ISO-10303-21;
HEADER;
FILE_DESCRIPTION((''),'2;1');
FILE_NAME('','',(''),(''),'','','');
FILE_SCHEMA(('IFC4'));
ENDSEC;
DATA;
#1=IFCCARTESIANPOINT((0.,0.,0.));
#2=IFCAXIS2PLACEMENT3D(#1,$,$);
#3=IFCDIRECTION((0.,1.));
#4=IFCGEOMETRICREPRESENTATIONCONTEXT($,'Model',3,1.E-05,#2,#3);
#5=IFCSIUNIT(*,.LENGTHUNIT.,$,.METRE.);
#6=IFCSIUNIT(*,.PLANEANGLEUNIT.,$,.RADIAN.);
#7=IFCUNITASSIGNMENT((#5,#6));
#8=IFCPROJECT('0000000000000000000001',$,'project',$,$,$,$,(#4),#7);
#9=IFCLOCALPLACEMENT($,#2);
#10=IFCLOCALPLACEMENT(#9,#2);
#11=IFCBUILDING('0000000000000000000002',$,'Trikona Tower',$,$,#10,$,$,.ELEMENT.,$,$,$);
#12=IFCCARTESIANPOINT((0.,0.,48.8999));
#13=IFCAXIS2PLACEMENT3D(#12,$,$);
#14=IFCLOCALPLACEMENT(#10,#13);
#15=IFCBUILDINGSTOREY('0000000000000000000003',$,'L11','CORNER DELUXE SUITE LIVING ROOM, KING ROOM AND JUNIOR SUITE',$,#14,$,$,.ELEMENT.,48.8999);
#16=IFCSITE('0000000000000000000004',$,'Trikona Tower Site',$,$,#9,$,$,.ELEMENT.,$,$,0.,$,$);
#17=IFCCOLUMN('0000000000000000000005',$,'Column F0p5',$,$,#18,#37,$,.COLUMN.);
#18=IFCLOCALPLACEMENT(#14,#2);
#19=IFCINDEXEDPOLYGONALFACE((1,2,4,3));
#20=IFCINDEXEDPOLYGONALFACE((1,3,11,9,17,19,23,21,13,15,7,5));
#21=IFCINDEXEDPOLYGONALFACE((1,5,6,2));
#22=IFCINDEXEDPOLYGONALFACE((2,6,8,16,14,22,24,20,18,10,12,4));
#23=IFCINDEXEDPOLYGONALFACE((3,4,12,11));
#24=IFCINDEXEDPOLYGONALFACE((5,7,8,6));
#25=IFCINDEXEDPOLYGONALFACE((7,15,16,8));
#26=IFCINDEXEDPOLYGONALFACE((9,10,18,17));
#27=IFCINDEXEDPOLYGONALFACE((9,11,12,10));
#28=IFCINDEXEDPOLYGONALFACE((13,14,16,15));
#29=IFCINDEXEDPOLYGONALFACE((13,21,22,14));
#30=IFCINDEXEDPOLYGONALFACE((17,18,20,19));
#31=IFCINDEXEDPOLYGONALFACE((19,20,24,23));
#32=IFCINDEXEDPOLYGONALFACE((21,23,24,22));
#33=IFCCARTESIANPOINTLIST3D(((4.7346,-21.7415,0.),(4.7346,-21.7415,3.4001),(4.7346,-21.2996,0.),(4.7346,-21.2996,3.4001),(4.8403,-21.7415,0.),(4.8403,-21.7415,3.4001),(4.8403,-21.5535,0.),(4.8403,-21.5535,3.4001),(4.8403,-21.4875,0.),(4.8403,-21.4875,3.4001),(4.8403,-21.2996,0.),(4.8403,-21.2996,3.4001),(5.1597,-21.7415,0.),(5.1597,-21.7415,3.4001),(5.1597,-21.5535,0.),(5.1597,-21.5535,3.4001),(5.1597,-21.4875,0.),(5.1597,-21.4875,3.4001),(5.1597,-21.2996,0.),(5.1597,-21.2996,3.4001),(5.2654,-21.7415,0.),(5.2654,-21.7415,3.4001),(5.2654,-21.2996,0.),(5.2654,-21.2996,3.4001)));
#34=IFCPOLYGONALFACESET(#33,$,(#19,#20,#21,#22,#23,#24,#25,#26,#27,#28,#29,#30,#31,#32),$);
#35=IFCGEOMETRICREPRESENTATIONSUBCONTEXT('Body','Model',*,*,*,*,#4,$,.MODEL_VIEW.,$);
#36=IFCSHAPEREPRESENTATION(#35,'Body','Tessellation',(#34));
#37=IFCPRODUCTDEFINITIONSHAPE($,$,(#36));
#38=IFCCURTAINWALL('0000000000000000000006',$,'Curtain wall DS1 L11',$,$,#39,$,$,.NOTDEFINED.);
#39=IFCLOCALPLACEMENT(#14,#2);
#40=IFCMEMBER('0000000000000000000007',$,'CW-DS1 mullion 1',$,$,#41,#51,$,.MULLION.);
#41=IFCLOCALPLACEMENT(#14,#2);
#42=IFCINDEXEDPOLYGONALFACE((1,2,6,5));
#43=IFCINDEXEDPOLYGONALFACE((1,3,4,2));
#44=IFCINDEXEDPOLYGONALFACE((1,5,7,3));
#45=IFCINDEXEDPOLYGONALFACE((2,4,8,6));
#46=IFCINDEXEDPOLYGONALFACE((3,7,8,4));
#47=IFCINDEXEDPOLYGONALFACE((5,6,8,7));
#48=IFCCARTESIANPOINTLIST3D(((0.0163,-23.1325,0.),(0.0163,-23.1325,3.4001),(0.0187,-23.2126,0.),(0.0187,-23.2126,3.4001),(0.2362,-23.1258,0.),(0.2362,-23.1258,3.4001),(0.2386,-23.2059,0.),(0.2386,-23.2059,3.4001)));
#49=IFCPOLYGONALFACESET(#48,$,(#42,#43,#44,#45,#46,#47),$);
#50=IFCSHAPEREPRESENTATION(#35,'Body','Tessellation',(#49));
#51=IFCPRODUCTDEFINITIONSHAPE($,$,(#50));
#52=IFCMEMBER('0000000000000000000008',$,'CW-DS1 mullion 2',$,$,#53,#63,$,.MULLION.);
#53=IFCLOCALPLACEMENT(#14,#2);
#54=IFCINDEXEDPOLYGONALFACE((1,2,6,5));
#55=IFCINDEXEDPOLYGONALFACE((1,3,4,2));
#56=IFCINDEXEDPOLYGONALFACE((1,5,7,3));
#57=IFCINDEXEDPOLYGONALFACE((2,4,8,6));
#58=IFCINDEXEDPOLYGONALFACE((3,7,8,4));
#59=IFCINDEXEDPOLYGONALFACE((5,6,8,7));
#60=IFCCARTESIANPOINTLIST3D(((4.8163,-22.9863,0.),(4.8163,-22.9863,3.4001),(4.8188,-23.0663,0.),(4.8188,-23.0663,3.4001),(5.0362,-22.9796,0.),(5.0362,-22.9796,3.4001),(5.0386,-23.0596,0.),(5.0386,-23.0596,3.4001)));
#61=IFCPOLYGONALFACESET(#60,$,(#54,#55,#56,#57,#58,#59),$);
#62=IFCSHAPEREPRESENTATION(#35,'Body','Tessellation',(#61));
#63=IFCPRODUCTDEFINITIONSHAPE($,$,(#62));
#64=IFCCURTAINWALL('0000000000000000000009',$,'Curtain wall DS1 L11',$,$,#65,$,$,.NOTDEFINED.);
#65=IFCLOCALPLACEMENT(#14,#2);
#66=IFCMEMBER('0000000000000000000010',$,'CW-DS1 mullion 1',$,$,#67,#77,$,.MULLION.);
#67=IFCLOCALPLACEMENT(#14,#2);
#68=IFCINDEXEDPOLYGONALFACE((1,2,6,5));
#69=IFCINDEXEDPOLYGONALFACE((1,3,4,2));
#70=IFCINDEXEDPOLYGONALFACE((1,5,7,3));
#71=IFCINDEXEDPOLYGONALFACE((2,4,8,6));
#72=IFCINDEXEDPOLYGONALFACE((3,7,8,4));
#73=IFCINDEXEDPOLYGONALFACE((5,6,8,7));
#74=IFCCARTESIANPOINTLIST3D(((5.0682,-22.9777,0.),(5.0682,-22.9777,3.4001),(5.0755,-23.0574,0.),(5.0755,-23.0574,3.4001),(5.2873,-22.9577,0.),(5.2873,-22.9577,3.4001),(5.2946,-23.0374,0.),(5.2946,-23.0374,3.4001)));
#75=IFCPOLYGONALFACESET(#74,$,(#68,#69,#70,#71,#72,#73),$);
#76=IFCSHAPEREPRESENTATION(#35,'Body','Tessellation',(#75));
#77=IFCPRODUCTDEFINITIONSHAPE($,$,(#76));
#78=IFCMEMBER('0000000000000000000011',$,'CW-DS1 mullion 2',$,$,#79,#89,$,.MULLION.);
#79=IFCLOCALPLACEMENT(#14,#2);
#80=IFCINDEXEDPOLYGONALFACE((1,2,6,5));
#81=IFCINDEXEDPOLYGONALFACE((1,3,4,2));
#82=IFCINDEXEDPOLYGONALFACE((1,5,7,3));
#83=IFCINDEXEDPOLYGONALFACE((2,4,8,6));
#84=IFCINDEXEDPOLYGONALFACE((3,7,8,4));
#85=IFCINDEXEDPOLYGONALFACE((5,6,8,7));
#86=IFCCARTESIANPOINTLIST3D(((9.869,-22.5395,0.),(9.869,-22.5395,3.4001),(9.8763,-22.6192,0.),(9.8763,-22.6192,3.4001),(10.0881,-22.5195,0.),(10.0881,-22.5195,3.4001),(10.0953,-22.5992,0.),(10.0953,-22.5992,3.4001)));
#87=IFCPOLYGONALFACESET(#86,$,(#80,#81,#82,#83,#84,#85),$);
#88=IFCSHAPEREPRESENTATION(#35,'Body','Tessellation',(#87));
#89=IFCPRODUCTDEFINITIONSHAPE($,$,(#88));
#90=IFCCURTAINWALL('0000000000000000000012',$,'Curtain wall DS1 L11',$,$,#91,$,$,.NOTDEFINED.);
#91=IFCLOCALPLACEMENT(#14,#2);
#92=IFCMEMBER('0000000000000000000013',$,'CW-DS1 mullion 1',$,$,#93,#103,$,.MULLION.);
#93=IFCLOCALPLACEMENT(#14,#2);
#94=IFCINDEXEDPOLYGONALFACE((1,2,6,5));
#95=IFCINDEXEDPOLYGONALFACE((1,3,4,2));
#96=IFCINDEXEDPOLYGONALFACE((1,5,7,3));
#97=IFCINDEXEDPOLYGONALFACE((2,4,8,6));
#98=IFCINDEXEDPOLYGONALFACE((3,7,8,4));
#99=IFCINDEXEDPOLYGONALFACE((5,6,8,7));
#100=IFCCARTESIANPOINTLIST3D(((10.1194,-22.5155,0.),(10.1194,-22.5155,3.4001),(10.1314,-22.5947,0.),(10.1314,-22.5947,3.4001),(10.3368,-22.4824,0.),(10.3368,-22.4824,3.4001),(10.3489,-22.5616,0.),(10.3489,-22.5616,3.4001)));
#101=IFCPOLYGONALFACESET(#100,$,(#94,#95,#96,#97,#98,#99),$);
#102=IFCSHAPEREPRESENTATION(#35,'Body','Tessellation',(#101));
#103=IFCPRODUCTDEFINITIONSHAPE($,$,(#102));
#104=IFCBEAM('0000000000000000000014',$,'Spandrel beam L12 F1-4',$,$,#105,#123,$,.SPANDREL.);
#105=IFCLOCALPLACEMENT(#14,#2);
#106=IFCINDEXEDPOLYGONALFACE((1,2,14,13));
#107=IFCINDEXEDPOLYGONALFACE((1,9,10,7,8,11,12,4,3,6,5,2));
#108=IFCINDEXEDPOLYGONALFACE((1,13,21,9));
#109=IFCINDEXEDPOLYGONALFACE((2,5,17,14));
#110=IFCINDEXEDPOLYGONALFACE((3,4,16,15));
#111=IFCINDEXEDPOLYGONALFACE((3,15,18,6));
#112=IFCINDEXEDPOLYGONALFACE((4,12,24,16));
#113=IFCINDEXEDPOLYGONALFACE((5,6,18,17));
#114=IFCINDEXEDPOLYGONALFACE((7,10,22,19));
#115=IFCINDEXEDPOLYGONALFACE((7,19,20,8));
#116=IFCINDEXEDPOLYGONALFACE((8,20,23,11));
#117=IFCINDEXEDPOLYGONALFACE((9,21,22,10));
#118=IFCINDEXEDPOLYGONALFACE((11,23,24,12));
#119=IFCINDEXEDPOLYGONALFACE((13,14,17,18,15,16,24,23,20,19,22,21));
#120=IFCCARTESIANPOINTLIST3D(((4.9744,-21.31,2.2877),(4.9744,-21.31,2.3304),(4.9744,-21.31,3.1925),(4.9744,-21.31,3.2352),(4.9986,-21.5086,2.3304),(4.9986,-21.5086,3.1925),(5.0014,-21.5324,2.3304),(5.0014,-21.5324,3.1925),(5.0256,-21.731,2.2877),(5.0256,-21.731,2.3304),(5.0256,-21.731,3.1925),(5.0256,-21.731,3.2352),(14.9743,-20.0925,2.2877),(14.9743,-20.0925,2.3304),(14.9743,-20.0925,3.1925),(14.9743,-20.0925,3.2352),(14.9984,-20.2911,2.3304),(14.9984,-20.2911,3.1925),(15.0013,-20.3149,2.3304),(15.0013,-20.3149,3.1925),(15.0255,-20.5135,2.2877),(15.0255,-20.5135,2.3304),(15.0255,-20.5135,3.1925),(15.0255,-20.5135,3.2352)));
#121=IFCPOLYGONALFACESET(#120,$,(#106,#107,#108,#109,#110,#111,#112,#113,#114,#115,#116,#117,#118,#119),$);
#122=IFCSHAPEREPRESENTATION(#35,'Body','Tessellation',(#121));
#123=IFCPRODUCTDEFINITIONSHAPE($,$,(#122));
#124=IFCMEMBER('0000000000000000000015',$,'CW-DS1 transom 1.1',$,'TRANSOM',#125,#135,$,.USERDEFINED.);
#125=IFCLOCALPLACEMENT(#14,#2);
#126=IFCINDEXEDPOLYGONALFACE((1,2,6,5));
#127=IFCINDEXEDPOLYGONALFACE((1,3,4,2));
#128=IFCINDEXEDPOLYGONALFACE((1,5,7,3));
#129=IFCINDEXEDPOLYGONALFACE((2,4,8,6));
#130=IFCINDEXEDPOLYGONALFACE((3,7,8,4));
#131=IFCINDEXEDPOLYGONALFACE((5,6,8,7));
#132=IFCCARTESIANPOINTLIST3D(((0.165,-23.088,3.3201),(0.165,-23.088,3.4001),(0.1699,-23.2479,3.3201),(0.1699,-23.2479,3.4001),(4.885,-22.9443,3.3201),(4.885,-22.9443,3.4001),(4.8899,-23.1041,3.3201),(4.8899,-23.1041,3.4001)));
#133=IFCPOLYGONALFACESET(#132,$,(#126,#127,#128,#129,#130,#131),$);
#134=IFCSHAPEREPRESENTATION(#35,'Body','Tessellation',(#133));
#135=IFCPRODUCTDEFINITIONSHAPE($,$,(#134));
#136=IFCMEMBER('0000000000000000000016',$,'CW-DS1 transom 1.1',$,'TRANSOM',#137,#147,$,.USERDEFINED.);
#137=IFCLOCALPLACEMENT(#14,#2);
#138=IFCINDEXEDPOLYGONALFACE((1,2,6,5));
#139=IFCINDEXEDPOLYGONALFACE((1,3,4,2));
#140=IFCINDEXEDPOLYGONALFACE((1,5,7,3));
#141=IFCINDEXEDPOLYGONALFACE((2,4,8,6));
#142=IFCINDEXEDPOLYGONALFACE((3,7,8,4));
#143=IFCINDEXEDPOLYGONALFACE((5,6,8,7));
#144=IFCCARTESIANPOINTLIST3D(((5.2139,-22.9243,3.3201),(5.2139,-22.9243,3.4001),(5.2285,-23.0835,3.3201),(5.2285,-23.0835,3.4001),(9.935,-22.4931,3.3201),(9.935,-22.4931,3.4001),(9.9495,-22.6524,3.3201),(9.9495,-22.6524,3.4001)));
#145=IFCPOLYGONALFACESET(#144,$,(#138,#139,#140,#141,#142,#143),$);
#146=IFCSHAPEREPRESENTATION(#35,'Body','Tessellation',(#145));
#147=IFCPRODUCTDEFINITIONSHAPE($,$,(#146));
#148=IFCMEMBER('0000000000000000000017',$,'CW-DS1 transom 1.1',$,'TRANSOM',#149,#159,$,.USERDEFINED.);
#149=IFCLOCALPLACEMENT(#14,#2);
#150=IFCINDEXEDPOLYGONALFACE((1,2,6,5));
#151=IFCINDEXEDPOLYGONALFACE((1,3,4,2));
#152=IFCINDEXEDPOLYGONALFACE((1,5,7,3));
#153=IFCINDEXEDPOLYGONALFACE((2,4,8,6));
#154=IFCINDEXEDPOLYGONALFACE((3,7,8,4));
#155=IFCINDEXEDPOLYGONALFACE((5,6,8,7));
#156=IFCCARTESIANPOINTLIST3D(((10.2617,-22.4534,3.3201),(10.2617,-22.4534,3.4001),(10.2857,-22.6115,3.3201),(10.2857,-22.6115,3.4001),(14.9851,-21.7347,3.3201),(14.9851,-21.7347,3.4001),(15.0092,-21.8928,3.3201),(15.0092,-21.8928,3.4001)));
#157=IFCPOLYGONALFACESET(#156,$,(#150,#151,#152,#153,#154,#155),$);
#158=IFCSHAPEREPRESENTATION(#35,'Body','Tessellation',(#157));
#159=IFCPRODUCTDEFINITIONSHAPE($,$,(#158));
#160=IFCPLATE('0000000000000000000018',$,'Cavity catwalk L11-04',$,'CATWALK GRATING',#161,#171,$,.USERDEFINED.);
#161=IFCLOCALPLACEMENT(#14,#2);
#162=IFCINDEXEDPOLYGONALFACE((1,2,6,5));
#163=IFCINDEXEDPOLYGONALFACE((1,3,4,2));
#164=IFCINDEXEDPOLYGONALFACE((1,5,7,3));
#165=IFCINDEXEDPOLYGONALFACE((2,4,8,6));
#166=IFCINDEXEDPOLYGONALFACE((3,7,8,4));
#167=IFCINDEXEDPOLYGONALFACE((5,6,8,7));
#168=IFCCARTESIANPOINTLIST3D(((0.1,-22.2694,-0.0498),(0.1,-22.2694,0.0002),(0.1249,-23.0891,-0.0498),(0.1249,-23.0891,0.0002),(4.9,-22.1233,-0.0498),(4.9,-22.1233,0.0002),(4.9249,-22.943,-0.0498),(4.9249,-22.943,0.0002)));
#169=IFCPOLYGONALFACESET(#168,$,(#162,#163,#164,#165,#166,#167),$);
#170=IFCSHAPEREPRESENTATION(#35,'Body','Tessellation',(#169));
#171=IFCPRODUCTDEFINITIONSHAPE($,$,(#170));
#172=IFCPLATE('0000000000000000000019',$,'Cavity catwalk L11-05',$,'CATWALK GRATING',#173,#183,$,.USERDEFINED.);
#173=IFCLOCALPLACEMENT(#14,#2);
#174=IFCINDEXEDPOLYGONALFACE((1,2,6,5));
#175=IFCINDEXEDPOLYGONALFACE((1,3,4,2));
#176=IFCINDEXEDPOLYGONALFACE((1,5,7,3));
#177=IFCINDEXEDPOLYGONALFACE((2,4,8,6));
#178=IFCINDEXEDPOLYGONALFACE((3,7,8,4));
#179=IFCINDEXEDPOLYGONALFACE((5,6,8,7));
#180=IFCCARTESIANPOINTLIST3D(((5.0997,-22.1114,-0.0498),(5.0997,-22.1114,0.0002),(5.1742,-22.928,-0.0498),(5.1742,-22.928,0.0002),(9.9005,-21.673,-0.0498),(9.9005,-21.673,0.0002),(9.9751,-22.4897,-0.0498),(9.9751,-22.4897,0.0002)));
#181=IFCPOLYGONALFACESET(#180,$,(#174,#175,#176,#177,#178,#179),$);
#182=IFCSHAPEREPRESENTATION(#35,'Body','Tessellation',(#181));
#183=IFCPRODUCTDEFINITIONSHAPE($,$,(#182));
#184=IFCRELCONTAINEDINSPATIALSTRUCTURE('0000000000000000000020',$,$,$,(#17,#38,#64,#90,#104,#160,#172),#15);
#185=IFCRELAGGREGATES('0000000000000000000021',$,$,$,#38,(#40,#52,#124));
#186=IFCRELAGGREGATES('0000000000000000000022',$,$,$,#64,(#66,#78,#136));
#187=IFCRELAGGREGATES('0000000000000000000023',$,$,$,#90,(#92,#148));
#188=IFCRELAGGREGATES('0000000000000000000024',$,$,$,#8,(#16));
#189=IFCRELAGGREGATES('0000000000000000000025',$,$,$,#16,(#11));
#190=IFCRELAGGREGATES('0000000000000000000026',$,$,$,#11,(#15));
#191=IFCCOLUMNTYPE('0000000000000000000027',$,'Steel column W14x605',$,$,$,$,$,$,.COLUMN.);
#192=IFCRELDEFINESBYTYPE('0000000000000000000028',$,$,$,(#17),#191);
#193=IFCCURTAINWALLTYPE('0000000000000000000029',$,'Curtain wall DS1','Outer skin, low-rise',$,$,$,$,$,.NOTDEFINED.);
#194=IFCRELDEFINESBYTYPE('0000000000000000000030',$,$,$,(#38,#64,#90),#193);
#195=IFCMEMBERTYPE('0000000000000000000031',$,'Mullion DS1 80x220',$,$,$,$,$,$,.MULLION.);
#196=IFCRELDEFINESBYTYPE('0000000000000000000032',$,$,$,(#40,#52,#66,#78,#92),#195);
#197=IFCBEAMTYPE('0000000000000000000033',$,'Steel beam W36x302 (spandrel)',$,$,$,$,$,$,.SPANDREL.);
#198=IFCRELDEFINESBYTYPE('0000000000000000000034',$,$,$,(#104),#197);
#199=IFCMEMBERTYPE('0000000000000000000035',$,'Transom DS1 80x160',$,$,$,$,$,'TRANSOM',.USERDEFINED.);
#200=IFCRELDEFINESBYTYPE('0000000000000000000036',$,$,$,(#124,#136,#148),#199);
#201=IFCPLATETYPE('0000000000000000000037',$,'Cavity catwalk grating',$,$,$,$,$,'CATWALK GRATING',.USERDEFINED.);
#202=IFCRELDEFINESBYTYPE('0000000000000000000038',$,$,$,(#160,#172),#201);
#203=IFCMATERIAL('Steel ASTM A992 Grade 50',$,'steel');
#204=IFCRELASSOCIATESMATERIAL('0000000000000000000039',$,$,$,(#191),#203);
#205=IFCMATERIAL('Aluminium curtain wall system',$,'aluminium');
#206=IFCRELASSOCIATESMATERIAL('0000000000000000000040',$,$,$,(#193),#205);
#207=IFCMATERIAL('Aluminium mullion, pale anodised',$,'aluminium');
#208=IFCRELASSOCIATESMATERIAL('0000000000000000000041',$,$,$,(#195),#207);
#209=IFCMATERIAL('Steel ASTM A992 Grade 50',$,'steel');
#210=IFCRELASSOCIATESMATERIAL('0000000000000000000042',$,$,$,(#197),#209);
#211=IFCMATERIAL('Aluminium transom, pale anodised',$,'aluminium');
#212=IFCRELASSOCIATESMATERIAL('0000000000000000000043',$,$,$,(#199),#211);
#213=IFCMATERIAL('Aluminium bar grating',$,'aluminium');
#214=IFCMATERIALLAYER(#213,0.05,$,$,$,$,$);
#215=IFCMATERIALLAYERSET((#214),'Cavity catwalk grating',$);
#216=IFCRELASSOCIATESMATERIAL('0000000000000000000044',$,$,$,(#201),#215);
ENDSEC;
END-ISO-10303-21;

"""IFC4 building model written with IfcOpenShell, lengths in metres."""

from ifc_helpers import new_model, si_unit, direction, frame, origin, origin_2d, place, context, subcontext, project, spatial, rectangle, i_section, extrude, material, layer, layer_set, material_profile, profile_set, type_object, element, aggregate, save


model = new_model("IFC4")

# Units and contexts
model_context = context("Model", 3, precision=1e-05, world=origin(), true_north=direction((0.0, 1.0)))
body_context = subcontext(model_context, "Body", "Model", "MODEL_VIEW")
ifc_project = project(units=[si_unit("LENGTHUNIT", "METRE"), si_unit("PLANEANGLEUNIT", "RADIAN")], contexts=[model_context])

# Site, building, storey
site_placement = place(None, origin())
site = spatial("IfcSite", under=ifc_project, at=site_placement, Name="Trikona Tower Site", CompositionType="ELEMENT", RefElevation=0.0)
building_placement = place(site_placement, origin())
building = spatial("IfcBuilding", under=site, at=building_placement, Name="Trikona Tower", CompositionType="ELEMENT")
storey_placement = place(building_placement, frame((0.0, 0.0, 48.8999)))
storey = spatial("IfcBuildingStorey", under=building, at=storey_placement, Name="L11", Description="CORNER DELUXE SUITE LIVING ROOM, KING ROOM AND JUNIOR SUITE", CompositionType="ELEMENT", Elevation=48.8999)

# Column
ifc_material_1 = material(Name="Steel ASTM A992 Grade 50", Category="steel")
ifc_material_profile_1 = material_profile(ifc_material_1, i_section(OverallWidth=0.4419, OverallDepth=0.5308, WebThickness=0.0659, FlangeThickness=0.1057, at=origin_2d()), Name="W14X605")
ifc_profile_set_1 = profile_set([ifc_material_profile_1], Name="Steel ASTM A992 Grade 50")
column_type = type_object("IfcColumnType", Name="Steel column W14x605", PredefinedType="COLUMN", material=ifc_profile_set_1)
column_placement = place(storey_placement, frame((5.0, -21.5205, 0.0), z_axis=(0.0, 0.0, 1.0), x_axis=(0.0, -1.0, 0.0)))
element("IfcColumn", 1, at=column_placement, inside=storey, type_object=column_type, Name="Column F0p5", PredefinedType="COLUMN", context=body_context, shape_type="SweptSolid", body=[
    extrude(i_section(OverallWidth=0.4419, OverallDepth=0.5308, WebThickness=0.0659, FlangeThickness=0.1057, at=origin_2d()), origin(), (0.0, 0.0, 1.0), 3.4001),
])

# Curtain walls, members
ifc_material_2 = material(Name="Aluminium curtain wall system", Category="aluminium")
curtain_wall_type = type_object("IfcCurtainWallType", Name="Curtain wall DS1", Description="Outer skin, low-rise", PredefinedType="NOTDEFINED", material=ifc_material_2)
curtain_wall_1_placement = place(storey_placement, origin())
curtain_wall_1 = element("IfcCurtainWall", 2, at=curtain_wall_1_placement, inside=storey, type_object=curtain_wall_type, Name="Curtain wall DS1 L11", PredefinedType="NOTDEFINED")
ifc_material_3 = material(Name="Aluminium mullion, pale anodised", Category="aluminium")
ifc_material_profile_2 = material_profile(ifc_material_3, rectangle(XDim=0.0801, YDim=0.22, at=origin_2d()), Name="MUL-DS1")
ifc_profile_set_2 = profile_set([ifc_material_profile_2], Name="Aluminium mullion, pale anodised")
member_type_1 = type_object("IfcMemberType", Name="Mullion DS1 80x220", PredefinedType="MULLION", material=ifc_profile_set_2)
member_1_placement = place(storey_placement, frame((0.1274, -23.1692, 0.0), z_axis=(0.0, 0.0, 1.0), x_axis=(-0.030437, 0.999537, 0.0)))
member_1 = element("IfcMember", 3, at=member_1_placement, type_object=member_type_1, Name="CW-DS1 mullion 1", PredefinedType="MULLION", context=body_context, shape_type="SweptSolid", body=[
    extrude(rectangle(XDim=0.0801, YDim=0.22, at=origin_2d()), origin(), (0.0, 0.0, 1.0), 3.4001),
])
member_2_placement = place(storey_placement, frame((4.9275, -23.0229, 0.0), z_axis=(0.0, 0.0, 1.0), x_axis=(-0.030437, 0.999537, 0.0)))
member_2 = element("IfcMember", 4, at=member_2_placement, type_object=member_type_1, Name="CW-DS1 mullion 2", PredefinedType="MULLION", context=body_context, shape_type="SweptSolid", body=[
    extrude(rectangle(XDim=0.0801, YDim=0.22, at=origin_2d()), origin(), (0.0, 0.0, 1.0), 3.4001),
])
curtain_wall_2_placement = place(storey_placement, origin())
curtain_wall_2 = element("IfcCurtainWall", 5, at=curtain_wall_2_placement, inside=storey, type_object=curtain_wall_type, Name="Curtain wall DS1 L11", PredefinedType="NOTDEFINED")
member_3_placement = place(storey_placement, frame((5.1814, -23.0076, 0.0), z_axis=(0.0, 0.0, 1.0), x_axis=(-0.090924, 0.995858, 0.0)))
member_3 = element("IfcMember", 6, at=member_3_placement, type_object=member_type_1, Name="CW-DS1 mullion 1", PredefinedType="MULLION", context=body_context, shape_type="SweptSolid", body=[
    extrude(rectangle(XDim=0.0801, YDim=0.22, at=origin_2d()), origin(), (0.0, 0.0, 1.0), 3.4001),
])
member_4_placement = place(storey_placement, frame((9.9822, -22.5693, 0.0), z_axis=(0.0, 0.0, 1.0), x_axis=(-0.090924, 0.995858, 0.0)))
member_4 = element("IfcMember", 7, at=member_4_placement, type_object=member_type_1, Name="CW-DS1 mullion 2", PredefinedType="MULLION", context=body_context, shape_type="SweptSolid", body=[
    extrude(rectangle(XDim=0.0801, YDim=0.22, at=origin_2d()), origin(), (0.0, 0.0, 1.0), 3.4001),
])

# Curtain wall, member
curtain_wall_3_placement = place(storey_placement, origin())
curtain_wall_3 = element("IfcCurtainWall", 8, at=curtain_wall_3_placement, inside=storey, type_object=curtain_wall_type, Name="Curtain wall DS1 L11", PredefinedType="NOTDEFINED")
member_5_placement = place(storey_placement, frame((10.2341, -22.5386, 0.0), z_axis=(0.0, 0.0, 1.0), x_axis=(-0.150438, 0.988619, 0.0)))
member_5 = element("IfcMember", 9, at=member_5_placement, type_object=member_type_1, Name="CW-DS1 mullion 1", PredefinedType="MULLION", context=body_context, shape_type="SweptSolid", body=[
    extrude(rectangle(XDim=0.0801, YDim=0.22, at=origin_2d()), origin(), (0.0, 0.0, 1.0), 3.4001),
])

# Beam
ifc_material_4 = material(Name="Steel ASTM A992 Grade 50", Category="steel")
ifc_material_profile_3 = material_profile(ifc_material_4, i_section(OverallWidth=0.4241, OverallDepth=0.9475, WebThickness=0.0239, FlangeThickness=0.0427, at=origin_2d()), Name="W36X302")
ifc_profile_set_3 = profile_set([ifc_material_profile_3], Name="Steel ASTM A992 Grade 50")
beam_type = type_object("IfcBeamType", Name="Steel beam W36x302 (spandrel)", PredefinedType="SPANDREL", material=ifc_profile_set_3)
beam_placement = place(storey_placement, frame((5.0, -21.5205, 2.7615), z_axis=(0.99267, 0.12086, 0.0), x_axis=(-0.12086, 0.99267, 0.0)))
element("IfcBeam", 10, at=beam_placement, inside=storey, type_object=beam_type, Name="Spandrel beam L12 F1-4", PredefinedType="SPANDREL", context=body_context, shape_type="SweptSolid", body=[
    extrude(i_section(OverallWidth=0.4241, OverallDepth=0.9475, WebThickness=0.0239, FlangeThickness=0.0427, at=origin_2d()), origin(), (0.0, 0.0, 1.0), 10.0737),
])

# Members
ifc_material_5 = material(Name="Aluminium transom, pale anodised", Category="aluminium")
ifc_material_profile_4 = material_profile(ifc_material_5, rectangle(XDim=0.1599, YDim=0.0801, at=origin_2d()), Name="TRN-DS1")
ifc_profile_set_4 = profile_set([ifc_material_profile_4], Name="Aluminium transom, pale anodised")
member_type_2 = type_object("IfcMemberType", Name="Transom DS1 80x160", ElementType="TRANSOM", PredefinedType="USERDEFINED", material=ifc_profile_set_4)
member_6_placement = place(storey_placement, frame((0.1675, -23.168, 3.3601), z_axis=(0.999536, 0.030452, 0.0), x_axis=(-0.030452, 0.999536, 0.0)))
member_6 = element("IfcMember", 11, at=member_6_placement, type_object=member_type_2, Name="CW-DS1 transom 1.1", ObjectType="TRANSOM", PredefinedType="USERDEFINED", context=body_context, shape_type="SweptSolid", body=[
    extrude(rectangle(XDim=0.1599, YDim=0.0801, at=origin_2d()), origin(), (0.0, 0.0, 1.0), 4.7222),
])
member_7_placement = place(storey_placement, frame((5.2212, -23.0039, 3.3601), z_axis=(0.995856, 0.090944, 0.0), x_axis=(-0.090944, 0.995856, 0.0)))
member_7 = element("IfcMember", 12, at=member_7_placement, type_object=member_type_2, Name="CW-DS1 transom 1.1", ObjectType="TRANSOM", PredefinedType="USERDEFINED", context=body_context, shape_type="SweptSolid", body=[
    extrude(rectangle(XDim=0.1599, YDim=0.0801, at=origin_2d()), origin(), (0.0, 0.0, 1.0), 4.7407),
])
member_8_placement = place(storey_placement, frame((10.2737, -22.5325, 3.3601), z_axis=(0.98862, 0.150437, 0.0), x_axis=(-0.150437, 0.98862, 0.0)))
member_8 = element("IfcMember", 13, at=member_8_placement, type_object=member_type_2, Name="CW-DS1 transom 1.1", ObjectType="TRANSOM", PredefinedType="USERDEFINED", context=body_context, shape_type="SweptSolid", body=[
    extrude(rectangle(XDim=0.1599, YDim=0.0801, at=origin_2d()), origin(), (0.0, 0.0, 1.0), 4.7778),
])

# Plates
ifc_material_6 = material(Name="Aluminium bar grating", Category="aluminium")
ifc_layer_1 = layer(ifc_material_6, 0.05)
ifc_layer_set_1 = layer_set([ifc_layer_1], Name="Cavity catwalk grating")
plate_type_1 = type_object("IfcPlateType", Name="Cavity catwalk grating", ElementType="CATWALK GRATING", PredefinedType="USERDEFINED", material=ifc_layer_set_1)
plate_1_placement = place(storey_placement, frame((2.5125, -22.6062, -0.0498), z_axis=(0.0, 0.0, 1.0), x_axis=(0.999537, 0.030425, 0.0)))
element("IfcPlate", 14, at=plate_1_placement, inside=storey, type_object=plate_type_1, Name="Cavity catwalk L11-04", ObjectType="CATWALK GRATING", PredefinedType="USERDEFINED", context=body_context, shape_type="SweptSolid", body=[
    extrude(rectangle(XDim=4.8022, YDim=0.8201, at=origin_2d()), origin(), (0.0, 0.0, 1.0), 0.05),
])
plate_2_placement = place(storey_placement, frame((7.5374, -22.3005, -0.0498), z_axis=(0.0, 0.0, 1.0), x_axis=(0.995858, 0.090921, 0.0)))
element("IfcPlate", 15, at=plate_2_placement, inside=storey, type_object=plate_type_1, Name="Cavity catwalk L11-05", ObjectType="CATWALK GRATING", PredefinedType="USERDEFINED", context=body_context, shape_type="SweptSolid", body=[
    extrude(rectangle(XDim=4.8208, YDim=0.8201, at=origin_2d()), origin(), (0.0, 0.0, 1.0), 0.05),
])

aggregate(curtain_wall_1, [member_1, member_2, member_6])
aggregate(curtain_wall_2, [member_3, member_4, member_7])
aggregate(curtain_wall_3, [member_5, member_8])

save(model, "model.ifc")
